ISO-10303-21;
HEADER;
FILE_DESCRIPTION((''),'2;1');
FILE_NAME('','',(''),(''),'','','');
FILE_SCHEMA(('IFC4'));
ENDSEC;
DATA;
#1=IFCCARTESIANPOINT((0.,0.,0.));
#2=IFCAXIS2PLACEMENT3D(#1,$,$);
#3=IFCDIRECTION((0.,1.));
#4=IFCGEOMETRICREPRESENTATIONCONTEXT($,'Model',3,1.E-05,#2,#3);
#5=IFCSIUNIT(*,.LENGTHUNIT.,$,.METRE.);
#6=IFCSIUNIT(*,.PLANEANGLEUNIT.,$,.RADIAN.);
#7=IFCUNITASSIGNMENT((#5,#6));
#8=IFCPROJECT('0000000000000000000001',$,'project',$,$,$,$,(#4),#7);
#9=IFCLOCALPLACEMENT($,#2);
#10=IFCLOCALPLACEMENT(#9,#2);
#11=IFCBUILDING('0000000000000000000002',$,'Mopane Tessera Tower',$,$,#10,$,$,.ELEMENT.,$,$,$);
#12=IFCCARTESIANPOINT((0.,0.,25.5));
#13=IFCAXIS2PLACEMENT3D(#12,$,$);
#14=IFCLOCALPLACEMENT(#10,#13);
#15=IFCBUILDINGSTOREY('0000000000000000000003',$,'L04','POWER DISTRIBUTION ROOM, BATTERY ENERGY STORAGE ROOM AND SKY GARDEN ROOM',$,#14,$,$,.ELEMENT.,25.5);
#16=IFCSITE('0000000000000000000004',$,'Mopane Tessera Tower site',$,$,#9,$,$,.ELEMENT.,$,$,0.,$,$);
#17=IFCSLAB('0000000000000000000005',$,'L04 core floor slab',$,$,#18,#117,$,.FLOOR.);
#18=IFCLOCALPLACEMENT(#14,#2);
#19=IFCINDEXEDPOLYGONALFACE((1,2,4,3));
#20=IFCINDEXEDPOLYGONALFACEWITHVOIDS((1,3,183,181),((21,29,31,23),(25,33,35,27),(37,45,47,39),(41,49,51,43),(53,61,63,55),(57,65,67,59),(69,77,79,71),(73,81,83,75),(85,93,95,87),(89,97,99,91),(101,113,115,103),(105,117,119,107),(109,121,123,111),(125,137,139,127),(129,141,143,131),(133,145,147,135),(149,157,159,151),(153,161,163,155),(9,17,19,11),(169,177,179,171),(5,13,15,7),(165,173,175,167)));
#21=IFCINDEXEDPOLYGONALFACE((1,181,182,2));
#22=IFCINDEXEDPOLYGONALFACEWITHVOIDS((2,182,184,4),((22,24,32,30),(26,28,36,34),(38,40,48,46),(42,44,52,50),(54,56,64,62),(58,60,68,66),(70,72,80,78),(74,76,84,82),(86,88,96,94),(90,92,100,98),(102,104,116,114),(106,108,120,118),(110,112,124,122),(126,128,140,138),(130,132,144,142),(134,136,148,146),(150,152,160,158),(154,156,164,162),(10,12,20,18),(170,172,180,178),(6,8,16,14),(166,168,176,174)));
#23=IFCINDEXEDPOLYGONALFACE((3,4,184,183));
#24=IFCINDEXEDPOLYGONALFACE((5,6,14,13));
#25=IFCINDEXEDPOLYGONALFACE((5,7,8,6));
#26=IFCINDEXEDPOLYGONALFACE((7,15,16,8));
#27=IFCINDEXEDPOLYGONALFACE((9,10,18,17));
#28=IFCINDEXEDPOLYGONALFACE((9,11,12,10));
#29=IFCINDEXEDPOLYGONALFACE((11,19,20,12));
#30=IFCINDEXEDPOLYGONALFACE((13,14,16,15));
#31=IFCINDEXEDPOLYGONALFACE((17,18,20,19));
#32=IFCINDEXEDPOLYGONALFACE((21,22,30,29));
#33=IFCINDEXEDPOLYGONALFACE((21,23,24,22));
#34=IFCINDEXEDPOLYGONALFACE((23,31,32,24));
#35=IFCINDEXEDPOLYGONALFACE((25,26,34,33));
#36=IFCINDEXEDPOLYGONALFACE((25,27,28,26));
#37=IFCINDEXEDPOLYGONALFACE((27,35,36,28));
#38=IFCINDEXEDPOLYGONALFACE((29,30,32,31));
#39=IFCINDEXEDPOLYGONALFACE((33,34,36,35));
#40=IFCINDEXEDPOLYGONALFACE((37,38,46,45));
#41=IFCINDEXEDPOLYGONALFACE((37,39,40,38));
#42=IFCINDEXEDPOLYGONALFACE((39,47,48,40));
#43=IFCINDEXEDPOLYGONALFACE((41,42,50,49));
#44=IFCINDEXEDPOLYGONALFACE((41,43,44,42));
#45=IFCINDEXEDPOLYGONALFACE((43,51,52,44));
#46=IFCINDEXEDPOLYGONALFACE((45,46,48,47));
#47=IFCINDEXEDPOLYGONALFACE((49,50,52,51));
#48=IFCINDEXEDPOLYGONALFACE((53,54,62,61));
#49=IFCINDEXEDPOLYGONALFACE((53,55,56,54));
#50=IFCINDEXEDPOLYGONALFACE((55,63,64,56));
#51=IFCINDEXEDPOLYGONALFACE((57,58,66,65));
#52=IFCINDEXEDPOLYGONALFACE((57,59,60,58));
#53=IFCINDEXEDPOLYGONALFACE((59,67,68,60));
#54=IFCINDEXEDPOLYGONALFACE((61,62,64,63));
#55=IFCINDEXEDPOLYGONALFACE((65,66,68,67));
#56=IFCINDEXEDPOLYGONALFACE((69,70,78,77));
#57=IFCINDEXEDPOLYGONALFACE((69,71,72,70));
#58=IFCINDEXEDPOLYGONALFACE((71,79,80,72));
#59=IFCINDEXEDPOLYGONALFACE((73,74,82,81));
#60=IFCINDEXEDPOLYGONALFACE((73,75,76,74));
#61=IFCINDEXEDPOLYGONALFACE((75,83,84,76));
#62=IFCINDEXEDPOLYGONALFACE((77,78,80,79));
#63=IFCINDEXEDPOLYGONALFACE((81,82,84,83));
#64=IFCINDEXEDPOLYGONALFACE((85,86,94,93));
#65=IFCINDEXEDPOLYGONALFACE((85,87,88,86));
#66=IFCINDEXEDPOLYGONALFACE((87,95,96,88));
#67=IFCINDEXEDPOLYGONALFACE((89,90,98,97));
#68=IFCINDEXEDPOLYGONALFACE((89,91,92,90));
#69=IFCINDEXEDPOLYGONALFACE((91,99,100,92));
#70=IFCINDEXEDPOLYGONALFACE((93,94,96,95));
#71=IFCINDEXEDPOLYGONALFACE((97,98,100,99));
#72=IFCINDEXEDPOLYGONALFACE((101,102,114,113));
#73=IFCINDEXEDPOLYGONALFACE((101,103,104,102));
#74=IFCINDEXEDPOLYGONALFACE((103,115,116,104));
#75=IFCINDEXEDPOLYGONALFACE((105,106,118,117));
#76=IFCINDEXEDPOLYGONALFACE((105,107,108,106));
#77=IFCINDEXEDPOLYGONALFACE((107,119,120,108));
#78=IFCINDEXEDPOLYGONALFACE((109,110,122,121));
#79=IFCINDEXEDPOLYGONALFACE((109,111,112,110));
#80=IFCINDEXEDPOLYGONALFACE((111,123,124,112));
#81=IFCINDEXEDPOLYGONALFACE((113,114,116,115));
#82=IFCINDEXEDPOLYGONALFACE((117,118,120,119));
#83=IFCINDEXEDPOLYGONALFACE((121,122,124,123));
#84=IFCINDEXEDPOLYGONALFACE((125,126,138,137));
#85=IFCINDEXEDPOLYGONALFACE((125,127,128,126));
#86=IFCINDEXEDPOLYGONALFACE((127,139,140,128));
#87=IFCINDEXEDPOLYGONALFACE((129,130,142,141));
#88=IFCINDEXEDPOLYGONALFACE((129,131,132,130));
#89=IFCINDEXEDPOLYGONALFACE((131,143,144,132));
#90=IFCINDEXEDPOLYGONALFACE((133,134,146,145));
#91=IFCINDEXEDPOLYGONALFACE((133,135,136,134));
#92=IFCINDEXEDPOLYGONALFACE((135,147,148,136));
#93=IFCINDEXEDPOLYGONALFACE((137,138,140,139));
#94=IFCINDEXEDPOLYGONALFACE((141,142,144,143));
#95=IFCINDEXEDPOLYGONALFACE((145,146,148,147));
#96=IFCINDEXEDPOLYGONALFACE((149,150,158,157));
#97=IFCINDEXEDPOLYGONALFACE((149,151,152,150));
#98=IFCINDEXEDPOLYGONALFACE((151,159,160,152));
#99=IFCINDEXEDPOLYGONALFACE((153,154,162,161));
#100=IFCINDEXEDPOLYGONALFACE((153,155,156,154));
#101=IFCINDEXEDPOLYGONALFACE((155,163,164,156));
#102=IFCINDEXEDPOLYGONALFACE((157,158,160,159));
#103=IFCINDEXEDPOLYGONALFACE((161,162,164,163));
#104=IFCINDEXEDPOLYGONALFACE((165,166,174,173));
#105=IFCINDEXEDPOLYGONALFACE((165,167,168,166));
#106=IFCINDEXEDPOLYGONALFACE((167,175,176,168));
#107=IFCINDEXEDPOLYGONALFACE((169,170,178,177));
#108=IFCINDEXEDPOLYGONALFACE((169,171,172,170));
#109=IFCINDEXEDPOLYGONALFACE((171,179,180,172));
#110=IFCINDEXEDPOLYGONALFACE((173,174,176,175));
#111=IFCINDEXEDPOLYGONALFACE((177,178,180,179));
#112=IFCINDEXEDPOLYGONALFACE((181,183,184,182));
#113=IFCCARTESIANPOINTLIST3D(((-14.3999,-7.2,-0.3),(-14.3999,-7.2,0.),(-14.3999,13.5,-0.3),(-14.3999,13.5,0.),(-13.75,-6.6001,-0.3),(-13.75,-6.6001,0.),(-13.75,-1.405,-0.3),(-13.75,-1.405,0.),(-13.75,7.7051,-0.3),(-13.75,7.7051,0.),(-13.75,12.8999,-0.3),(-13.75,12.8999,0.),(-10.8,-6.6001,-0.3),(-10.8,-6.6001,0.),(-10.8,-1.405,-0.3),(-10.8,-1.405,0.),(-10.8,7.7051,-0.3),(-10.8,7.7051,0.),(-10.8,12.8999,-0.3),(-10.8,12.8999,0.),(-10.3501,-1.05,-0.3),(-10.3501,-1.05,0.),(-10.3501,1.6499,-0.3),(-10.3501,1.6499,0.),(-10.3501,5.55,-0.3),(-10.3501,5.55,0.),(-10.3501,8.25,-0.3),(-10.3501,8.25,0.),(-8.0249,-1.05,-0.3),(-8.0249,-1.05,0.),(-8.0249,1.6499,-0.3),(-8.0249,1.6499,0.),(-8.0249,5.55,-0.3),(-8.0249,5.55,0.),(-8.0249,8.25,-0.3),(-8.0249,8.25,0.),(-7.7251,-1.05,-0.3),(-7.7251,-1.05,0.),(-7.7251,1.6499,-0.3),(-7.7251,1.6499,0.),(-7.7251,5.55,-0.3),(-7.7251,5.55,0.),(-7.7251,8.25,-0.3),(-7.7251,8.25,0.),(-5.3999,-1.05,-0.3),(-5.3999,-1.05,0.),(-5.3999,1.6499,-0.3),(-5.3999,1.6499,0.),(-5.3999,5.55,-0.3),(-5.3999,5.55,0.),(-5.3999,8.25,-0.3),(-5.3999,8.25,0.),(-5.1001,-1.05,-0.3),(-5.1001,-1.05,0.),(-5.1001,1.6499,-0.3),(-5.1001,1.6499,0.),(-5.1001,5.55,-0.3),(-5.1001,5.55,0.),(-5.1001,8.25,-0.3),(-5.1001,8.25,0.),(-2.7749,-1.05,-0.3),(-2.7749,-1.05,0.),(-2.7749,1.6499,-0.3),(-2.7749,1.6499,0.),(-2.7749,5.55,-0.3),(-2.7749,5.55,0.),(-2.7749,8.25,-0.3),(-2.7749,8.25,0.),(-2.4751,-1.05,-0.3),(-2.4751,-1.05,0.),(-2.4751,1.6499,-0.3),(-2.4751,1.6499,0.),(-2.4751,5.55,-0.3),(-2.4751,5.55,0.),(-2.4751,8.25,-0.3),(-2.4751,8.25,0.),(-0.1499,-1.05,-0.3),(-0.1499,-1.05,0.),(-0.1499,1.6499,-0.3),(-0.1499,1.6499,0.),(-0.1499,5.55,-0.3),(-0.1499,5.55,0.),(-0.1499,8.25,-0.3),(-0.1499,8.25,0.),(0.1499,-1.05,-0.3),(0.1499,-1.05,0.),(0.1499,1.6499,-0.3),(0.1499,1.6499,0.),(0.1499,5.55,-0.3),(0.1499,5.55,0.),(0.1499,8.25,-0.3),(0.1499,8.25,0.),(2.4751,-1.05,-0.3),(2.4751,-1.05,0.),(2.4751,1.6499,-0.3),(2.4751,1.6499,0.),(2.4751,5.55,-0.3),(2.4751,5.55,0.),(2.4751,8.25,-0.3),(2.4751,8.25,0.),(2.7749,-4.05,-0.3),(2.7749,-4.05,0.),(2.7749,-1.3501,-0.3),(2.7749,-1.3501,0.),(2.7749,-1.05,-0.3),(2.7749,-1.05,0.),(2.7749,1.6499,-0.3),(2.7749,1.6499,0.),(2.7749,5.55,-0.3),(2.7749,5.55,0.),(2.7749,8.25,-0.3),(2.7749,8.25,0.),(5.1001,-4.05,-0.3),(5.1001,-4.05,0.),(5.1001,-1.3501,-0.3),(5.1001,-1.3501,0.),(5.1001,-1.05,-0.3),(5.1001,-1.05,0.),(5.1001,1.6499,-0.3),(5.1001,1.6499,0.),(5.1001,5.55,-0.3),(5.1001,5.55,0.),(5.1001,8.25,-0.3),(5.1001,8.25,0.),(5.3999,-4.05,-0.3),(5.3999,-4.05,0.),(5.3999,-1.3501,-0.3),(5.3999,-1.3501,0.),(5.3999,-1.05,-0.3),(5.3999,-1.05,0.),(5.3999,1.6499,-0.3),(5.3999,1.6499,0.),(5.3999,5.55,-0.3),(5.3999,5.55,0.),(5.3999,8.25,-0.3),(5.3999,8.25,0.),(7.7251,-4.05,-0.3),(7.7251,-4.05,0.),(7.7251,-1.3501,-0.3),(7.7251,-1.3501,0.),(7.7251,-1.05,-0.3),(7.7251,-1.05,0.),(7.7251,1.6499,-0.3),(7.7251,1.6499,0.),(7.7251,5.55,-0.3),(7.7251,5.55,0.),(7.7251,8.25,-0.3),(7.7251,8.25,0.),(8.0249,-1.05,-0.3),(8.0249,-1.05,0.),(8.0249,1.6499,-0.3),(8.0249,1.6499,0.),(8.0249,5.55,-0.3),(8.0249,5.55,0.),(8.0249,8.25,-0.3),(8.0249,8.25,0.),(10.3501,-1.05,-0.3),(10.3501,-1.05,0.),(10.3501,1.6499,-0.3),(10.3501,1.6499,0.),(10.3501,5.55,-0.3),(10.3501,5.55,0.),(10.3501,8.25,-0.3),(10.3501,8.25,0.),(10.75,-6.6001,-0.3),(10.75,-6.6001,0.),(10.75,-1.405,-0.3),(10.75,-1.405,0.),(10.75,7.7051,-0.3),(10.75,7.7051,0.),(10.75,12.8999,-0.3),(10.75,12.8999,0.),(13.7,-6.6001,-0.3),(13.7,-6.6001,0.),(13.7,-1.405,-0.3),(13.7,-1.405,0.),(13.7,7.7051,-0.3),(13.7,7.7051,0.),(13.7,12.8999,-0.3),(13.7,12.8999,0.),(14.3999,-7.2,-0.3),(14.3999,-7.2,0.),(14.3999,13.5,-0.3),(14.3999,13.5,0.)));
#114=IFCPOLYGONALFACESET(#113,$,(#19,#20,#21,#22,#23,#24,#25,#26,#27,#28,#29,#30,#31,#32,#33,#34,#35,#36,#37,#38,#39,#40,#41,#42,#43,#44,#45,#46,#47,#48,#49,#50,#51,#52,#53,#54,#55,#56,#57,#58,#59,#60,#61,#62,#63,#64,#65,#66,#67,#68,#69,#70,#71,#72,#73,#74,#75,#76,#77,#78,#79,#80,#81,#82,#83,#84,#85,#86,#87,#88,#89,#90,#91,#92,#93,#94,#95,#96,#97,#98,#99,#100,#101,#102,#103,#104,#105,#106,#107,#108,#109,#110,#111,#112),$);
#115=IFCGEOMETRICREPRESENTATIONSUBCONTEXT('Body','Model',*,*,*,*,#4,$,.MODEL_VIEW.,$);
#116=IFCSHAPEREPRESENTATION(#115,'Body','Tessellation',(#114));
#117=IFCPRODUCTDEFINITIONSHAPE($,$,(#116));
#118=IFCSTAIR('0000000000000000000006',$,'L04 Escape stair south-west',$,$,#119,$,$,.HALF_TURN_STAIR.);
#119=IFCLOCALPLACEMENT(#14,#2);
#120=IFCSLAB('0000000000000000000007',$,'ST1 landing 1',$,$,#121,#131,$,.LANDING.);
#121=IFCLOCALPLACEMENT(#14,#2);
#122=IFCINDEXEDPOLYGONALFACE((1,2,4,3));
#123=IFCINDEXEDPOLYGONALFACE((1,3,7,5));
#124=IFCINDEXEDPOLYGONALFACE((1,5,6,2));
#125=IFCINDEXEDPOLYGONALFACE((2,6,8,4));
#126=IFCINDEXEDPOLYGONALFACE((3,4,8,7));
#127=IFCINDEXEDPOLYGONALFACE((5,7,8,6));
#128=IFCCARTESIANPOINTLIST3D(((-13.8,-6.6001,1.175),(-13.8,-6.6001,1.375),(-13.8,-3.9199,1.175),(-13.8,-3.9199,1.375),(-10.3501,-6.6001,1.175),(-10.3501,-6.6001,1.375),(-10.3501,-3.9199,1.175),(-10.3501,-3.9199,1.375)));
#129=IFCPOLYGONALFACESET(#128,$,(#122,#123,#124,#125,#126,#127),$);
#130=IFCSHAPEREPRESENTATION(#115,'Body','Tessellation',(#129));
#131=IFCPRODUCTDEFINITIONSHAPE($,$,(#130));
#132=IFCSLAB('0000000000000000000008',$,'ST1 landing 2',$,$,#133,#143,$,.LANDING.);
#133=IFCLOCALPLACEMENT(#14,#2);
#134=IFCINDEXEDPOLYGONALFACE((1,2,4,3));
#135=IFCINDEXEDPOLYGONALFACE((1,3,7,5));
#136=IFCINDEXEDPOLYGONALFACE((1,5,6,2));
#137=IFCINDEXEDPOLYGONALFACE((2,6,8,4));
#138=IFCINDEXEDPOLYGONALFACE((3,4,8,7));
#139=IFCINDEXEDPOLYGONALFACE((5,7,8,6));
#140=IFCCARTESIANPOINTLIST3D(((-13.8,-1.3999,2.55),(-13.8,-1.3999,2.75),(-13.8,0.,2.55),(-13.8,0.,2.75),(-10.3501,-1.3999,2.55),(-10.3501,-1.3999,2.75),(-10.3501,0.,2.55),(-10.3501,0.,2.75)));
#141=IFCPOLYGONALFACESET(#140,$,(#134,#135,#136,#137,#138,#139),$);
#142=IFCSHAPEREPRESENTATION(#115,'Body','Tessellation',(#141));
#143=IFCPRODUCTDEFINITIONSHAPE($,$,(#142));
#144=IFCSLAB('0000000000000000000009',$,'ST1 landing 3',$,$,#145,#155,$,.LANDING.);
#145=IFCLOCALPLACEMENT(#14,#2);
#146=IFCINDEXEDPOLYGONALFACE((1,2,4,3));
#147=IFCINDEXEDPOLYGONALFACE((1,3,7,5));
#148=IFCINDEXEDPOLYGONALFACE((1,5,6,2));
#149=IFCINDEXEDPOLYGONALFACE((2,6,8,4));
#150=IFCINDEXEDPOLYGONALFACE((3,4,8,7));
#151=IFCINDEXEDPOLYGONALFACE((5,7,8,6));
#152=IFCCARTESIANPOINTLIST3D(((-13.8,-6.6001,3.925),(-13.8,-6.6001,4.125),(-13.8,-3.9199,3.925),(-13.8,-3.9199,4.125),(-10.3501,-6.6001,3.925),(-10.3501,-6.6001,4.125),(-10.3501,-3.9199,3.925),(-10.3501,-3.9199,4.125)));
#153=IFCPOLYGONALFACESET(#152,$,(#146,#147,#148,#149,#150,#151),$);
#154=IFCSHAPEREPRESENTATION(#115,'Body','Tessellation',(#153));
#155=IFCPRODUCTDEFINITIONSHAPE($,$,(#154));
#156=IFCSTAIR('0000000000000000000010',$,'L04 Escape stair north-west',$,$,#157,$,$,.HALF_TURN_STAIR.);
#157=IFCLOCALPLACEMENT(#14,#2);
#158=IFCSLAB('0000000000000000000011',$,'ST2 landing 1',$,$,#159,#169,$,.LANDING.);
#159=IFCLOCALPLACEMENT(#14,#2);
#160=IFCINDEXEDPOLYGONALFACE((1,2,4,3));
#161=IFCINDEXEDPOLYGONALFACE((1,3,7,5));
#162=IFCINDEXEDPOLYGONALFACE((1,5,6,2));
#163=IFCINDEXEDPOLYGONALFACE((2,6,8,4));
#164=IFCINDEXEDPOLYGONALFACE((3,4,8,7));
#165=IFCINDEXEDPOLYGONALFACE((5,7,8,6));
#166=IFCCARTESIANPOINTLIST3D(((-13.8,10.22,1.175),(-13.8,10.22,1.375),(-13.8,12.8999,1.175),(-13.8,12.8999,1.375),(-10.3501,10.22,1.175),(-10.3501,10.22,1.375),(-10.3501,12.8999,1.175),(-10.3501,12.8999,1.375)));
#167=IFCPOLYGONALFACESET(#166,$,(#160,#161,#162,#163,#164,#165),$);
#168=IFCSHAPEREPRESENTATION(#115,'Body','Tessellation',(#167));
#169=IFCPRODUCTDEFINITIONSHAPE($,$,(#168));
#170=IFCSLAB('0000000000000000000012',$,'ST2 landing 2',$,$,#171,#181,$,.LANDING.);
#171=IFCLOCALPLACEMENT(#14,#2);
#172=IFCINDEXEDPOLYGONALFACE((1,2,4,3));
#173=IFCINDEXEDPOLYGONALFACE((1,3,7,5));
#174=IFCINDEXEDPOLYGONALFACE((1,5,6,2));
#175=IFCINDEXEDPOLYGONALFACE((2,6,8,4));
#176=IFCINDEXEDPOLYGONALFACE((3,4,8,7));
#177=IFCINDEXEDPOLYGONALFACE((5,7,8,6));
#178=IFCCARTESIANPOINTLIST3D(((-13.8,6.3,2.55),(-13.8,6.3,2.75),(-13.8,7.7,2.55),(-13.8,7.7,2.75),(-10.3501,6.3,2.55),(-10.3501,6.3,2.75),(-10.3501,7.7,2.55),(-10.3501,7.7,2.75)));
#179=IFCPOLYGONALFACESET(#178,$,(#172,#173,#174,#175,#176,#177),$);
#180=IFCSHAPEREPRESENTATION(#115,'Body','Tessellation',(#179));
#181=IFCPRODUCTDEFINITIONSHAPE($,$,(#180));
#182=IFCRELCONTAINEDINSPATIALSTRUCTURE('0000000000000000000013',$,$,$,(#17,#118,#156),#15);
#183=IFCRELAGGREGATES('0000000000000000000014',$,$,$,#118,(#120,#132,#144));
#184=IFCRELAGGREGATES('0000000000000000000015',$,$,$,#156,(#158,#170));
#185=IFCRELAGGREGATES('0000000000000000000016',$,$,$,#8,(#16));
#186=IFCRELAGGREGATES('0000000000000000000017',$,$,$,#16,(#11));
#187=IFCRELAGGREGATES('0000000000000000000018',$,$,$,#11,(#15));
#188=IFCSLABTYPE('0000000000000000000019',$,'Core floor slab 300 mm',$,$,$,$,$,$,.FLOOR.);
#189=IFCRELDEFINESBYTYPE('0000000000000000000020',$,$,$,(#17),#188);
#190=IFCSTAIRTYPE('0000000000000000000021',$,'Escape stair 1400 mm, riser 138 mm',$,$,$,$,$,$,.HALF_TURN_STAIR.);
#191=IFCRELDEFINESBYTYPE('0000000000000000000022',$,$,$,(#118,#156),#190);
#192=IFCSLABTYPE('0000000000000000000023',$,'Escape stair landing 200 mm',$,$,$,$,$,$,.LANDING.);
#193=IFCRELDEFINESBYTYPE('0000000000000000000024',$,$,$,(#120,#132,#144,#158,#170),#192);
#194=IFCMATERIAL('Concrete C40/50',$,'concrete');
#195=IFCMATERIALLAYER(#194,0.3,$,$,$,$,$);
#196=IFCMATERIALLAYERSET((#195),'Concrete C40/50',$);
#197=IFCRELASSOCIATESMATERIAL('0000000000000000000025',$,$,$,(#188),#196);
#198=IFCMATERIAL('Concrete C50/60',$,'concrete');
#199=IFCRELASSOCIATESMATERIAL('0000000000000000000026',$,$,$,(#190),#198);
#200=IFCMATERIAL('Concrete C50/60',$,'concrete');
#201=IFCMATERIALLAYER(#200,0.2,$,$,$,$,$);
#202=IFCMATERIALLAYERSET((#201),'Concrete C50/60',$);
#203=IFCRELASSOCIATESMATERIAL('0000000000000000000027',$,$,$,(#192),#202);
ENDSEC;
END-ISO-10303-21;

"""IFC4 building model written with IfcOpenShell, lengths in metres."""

from ifc_helpers import new_model, si_unit, direction, frame, origin, place, context, subcontext, project, spatial, polyline, outline, extrude, material, layer, layer_set, type_object, element, aggregate, save


model = new_model("IFC4")

# Units and contexts
model_context = context("Model", 3, precision=1e-05, world=origin(), true_north=direction((0.0, 1.0)))
body_context = subcontext(model_context, "Body", "Model", "MODEL_VIEW")
ifc_project = project(units=[si_unit("LENGTHUNIT", "METRE"), si_unit("PLANEANGLEUNIT", "RADIAN")], contexts=[model_context])

# Site, building, storey
site_placement = place(None, origin())
site = spatial("IfcSite", under=ifc_project, at=site_placement, Name="Mopane Tessera Tower site", CompositionType="ELEMENT", RefElevation=0.0)
building_placement = place(site_placement, origin())
building = spatial("IfcBuilding", under=site, at=building_placement, Name="Mopane Tessera Tower", CompositionType="ELEMENT")
storey_placement = place(building_placement, frame((0.0, 0.0, 25.5)))
storey = spatial("IfcBuildingStorey", under=building, at=storey_placement, Name="L04", Description="POWER DISTRIBUTION ROOM, BATTERY ENERGY STORAGE ROOM AND SKY GARDEN ROOM", CompositionType="ELEMENT", Elevation=25.5)

# Slab
ifc_material_1 = material(Name="Concrete C40/50", Category="concrete")
ifc_layer_1 = layer(ifc_material_1, 0.3)
ifc_layer_set_1 = layer_set([ifc_layer_1], Name="Concrete C40/50")
slab_type_1 = type_object("IfcSlabType", Name="Core floor slab 300 mm", PredefinedType="FLOOR", material=ifc_layer_set_1)
slab_1_placement = place(storey_placement, frame((0.0, 0.0, -0.3)))
element("IfcSlab", 1, at=slab_1_placement, inside=storey, type_object=slab_type_1, Name="L04 core floor slab", PredefinedType="FLOOR", context=body_context, shape_type="SweptSolid", body=[
    extrude(outline(polyline([(-14.3999, -7.2), (14.3999, -7.2), (14.3999, 13.5), (-14.3999, 13.5), (-14.3999, -7.2)]), holes=[polyline([(-10.3501, -1.05), (-8.0249, -1.05), (-8.0249, 1.6499), (-10.3501, 1.6499), (-10.3501, -1.05)]), polyline([(-7.7251, -1.05), (-5.3999, -1.05), (-5.3999, 1.6499), (-7.7251, 1.6499), (-7.7251, -1.05)]), polyline([(-5.1001, -1.05), (-2.7749, -1.05), (-2.7749, 1.6499), (-5.1001, 1.6499), (-5.1001, -1.05)]), polyline([(-2.4751, -1.05), (-0.1499, -1.05), (-0.1499, 1.6499), (-2.4751, 1.6499), (-2.4751, -1.05)]), polyline([(0.1499, -1.05), (2.4751, -1.05), (2.4751, 1.6499), (0.1499, 1.6499), (0.1499, -1.05)]), polyline([(2.7749, -1.05), (5.1001, -1.05), (5.1001, 1.6499), (2.7749, 1.6499), (2.7749, -1.05)]), polyline([(5.3999, -1.05), (7.7251, -1.05), (7.7251, 1.6499), (5.3999, 1.6499), (5.3999, -1.05)]), polyline([(8.0249, -1.05), (10.3501, -1.05), (10.3501, 1.6499), (8.0249, 1.6499), (8.0249, -1.05)]), polyline([(-10.3501, 5.55), (-8.0249, 5.55), (-8.0249, 8.25), (-10.3501, 8.25), (-10.3501, 5.55)]), polyline([(-7.7251, 5.55), (-5.3999, 5.55), (-5.3999, 8.25), (-7.7251, 8.25), (-7.7251, 5.55)]), polyline([(-5.1001, 5.55), (-2.7749, 5.55), (-2.7749, 8.25), (-5.1001, 8.25), (-5.1001, 5.55)]), polyline([(-2.4751, 5.55), (-0.1499, 5.55), (-0.1499, 8.25), (-2.4751, 8.25), (-2.4751, 5.55)]), polyline([(0.1499, 5.55), (2.4751, 5.55), (2.4751, 8.25), (0.1499, 8.25), (0.1499, 5.55)]), polyline([(2.7749, 5.55), (5.1001, 5.55), (5.1001, 8.25), (2.7749, 8.25), (2.7749, 5.55)]), polyline([(5.3999, 5.55), (7.7251, 5.55), (7.7251, 8.25), (5.3999, 8.25), (5.3999, 5.55)]), polyline([(8.0249, 5.55), (10.3501, 5.55), (10.3501, 8.25), (8.0249, 8.25), (8.0249, 5.55)]), polyline([(2.7749, -4.05), (5.1001, -4.05), (5.1001, -1.3501), (2.7749, -1.3501), (2.7749, -4.05)]), polyline([(5.3999, -4.05), (7.7251, -4.05), (7.7251, -1.3501), (5.3999, -1.3501), (5.3999, -4.05)]), polyline([(-13.75, -1.405), (-13.75, -6.6001), (-10.8, -6.6001), (-10.8, -1.405), (-13.75, -1.405)]), polyline([(-10.8, 7.7051), (-10.8, 12.8999), (-13.75, 12.8999), (-13.75, 7.7051), (-10.8, 7.7051)]), polyline([(10.75, -1.405), (10.75, -6.6001), (13.7, -6.6001), (13.7, -1.405), (10.75, -1.405)]), polyline([(13.7, 7.7051), (13.7, 12.8999), (10.75, 12.8999), (10.75, 7.7051), (13.7, 7.7051)])]), origin(), (0.0, 0.0, 1.0), 0.3),
])

# Stairs, slabs
ifc_material_2 = material(Name="Concrete C50/60", Category="concrete")
stair_type = type_object("IfcStairType", Name="Escape stair 1400 mm, riser 138 mm", PredefinedType="HALF_TURN_STAIR", material=ifc_material_2)
stair_1_placement = place(storey_placement, origin())
stair_1 = element("IfcStair", 2, at=stair_1_placement, inside=storey, type_object=stair_type, Name="L04 Escape stair south-west", PredefinedType="HALF_TURN_STAIR")
ifc_material_3 = material(Name="Concrete C50/60", Category="concrete")
ifc_layer_2 = layer(ifc_material_3, 0.2)
ifc_layer_set_2 = layer_set([ifc_layer_2], Name="Concrete C50/60")
slab_type_2 = type_object("IfcSlabType", Name="Escape stair landing 200 mm", PredefinedType="LANDING", material=ifc_layer_set_2)
slab_2_placement = place(storey_placement, frame((0.0, 0.0, 1.175)))
slab_2 = element("IfcSlab", 3, at=slab_2_placement, type_object=slab_type_2, Name="ST1 landing 1", PredefinedType="LANDING", context=body_context, shape_type="SweptSolid", body=[
    extrude(outline(polyline([(-13.8, -3.9199), (-13.8, -6.6001), (-10.3501, -6.6001), (-10.3501, -3.9199), (-13.8, -3.9199)])), origin(), (0.0, 0.0, 1.0), 0.2),
])
slab_3_placement = place(storey_placement, frame((0.0, 0.0, 2.55)))
slab_3 = element("IfcSlab", 4, at=slab_3_placement, type_object=slab_type_2, Name="ST1 landing 2", PredefinedType="LANDING", context=body_context, shape_type="SweptSolid", body=[
    extrude(outline(polyline([(-13.8, 0.0), (-13.8, -1.3999), (-10.3501, -1.3999), (-10.3501, 0.0), (-13.8, 0.0)])), origin(), (0.0, 0.0, 1.0), 0.2),
])
slab_4_placement = place(storey_placement, frame((0.0, 0.0, 3.925)))
slab_4 = element("IfcSlab", 5, at=slab_4_placement, type_object=slab_type_2, Name="ST1 landing 3", PredefinedType="LANDING", context=body_context, shape_type="SweptSolid", body=[
    extrude(outline(polyline([(-13.8, -3.9199), (-13.8, -6.6001), (-10.3501, -6.6001), (-10.3501, -3.9199), (-13.8, -3.9199)])), origin(), (0.0, 0.0, 1.0), 0.2),
])
aggregate(stair_1, [slab_2, slab_3, slab_4])
stair_2_placement = place(storey_placement, origin())
stair_2 = element("IfcStair", 6, at=stair_2_placement, inside=storey, type_object=stair_type, Name="L04 Escape stair north-west", PredefinedType="HALF_TURN_STAIR")
slab_5_placement = place(storey_placement, frame((0.0, 0.0, 1.175)))
slab_5 = element("IfcSlab", 7, at=slab_5_placement, type_object=slab_type_2, Name="ST2 landing 1", PredefinedType="LANDING", context=body_context, shape_type="SweptSolid", body=[
    extrude(outline(polyline([(-10.3501, 10.22), (-10.3501, 12.8999), (-13.8, 12.8999), (-13.8, 10.22), (-10.3501, 10.22)])), origin(), (0.0, 0.0, 1.0), 0.2),
])
slab_6_placement = place(storey_placement, frame((0.0, 0.0, 2.55)))
slab_6 = element("IfcSlab", 8, at=slab_6_placement, type_object=slab_type_2, Name="ST2 landing 2", PredefinedType="LANDING", context=body_context, shape_type="SweptSolid", body=[
    extrude(outline(polyline([(-10.3501, 6.3), (-10.3501, 7.7), (-13.8, 7.7), (-13.8, 6.3), (-10.3501, 6.3)])), origin(), (0.0, 0.0, 1.0), 0.2),
])
aggregate(stair_2, [slab_5, slab_6])

save(model, "model.ifc")
